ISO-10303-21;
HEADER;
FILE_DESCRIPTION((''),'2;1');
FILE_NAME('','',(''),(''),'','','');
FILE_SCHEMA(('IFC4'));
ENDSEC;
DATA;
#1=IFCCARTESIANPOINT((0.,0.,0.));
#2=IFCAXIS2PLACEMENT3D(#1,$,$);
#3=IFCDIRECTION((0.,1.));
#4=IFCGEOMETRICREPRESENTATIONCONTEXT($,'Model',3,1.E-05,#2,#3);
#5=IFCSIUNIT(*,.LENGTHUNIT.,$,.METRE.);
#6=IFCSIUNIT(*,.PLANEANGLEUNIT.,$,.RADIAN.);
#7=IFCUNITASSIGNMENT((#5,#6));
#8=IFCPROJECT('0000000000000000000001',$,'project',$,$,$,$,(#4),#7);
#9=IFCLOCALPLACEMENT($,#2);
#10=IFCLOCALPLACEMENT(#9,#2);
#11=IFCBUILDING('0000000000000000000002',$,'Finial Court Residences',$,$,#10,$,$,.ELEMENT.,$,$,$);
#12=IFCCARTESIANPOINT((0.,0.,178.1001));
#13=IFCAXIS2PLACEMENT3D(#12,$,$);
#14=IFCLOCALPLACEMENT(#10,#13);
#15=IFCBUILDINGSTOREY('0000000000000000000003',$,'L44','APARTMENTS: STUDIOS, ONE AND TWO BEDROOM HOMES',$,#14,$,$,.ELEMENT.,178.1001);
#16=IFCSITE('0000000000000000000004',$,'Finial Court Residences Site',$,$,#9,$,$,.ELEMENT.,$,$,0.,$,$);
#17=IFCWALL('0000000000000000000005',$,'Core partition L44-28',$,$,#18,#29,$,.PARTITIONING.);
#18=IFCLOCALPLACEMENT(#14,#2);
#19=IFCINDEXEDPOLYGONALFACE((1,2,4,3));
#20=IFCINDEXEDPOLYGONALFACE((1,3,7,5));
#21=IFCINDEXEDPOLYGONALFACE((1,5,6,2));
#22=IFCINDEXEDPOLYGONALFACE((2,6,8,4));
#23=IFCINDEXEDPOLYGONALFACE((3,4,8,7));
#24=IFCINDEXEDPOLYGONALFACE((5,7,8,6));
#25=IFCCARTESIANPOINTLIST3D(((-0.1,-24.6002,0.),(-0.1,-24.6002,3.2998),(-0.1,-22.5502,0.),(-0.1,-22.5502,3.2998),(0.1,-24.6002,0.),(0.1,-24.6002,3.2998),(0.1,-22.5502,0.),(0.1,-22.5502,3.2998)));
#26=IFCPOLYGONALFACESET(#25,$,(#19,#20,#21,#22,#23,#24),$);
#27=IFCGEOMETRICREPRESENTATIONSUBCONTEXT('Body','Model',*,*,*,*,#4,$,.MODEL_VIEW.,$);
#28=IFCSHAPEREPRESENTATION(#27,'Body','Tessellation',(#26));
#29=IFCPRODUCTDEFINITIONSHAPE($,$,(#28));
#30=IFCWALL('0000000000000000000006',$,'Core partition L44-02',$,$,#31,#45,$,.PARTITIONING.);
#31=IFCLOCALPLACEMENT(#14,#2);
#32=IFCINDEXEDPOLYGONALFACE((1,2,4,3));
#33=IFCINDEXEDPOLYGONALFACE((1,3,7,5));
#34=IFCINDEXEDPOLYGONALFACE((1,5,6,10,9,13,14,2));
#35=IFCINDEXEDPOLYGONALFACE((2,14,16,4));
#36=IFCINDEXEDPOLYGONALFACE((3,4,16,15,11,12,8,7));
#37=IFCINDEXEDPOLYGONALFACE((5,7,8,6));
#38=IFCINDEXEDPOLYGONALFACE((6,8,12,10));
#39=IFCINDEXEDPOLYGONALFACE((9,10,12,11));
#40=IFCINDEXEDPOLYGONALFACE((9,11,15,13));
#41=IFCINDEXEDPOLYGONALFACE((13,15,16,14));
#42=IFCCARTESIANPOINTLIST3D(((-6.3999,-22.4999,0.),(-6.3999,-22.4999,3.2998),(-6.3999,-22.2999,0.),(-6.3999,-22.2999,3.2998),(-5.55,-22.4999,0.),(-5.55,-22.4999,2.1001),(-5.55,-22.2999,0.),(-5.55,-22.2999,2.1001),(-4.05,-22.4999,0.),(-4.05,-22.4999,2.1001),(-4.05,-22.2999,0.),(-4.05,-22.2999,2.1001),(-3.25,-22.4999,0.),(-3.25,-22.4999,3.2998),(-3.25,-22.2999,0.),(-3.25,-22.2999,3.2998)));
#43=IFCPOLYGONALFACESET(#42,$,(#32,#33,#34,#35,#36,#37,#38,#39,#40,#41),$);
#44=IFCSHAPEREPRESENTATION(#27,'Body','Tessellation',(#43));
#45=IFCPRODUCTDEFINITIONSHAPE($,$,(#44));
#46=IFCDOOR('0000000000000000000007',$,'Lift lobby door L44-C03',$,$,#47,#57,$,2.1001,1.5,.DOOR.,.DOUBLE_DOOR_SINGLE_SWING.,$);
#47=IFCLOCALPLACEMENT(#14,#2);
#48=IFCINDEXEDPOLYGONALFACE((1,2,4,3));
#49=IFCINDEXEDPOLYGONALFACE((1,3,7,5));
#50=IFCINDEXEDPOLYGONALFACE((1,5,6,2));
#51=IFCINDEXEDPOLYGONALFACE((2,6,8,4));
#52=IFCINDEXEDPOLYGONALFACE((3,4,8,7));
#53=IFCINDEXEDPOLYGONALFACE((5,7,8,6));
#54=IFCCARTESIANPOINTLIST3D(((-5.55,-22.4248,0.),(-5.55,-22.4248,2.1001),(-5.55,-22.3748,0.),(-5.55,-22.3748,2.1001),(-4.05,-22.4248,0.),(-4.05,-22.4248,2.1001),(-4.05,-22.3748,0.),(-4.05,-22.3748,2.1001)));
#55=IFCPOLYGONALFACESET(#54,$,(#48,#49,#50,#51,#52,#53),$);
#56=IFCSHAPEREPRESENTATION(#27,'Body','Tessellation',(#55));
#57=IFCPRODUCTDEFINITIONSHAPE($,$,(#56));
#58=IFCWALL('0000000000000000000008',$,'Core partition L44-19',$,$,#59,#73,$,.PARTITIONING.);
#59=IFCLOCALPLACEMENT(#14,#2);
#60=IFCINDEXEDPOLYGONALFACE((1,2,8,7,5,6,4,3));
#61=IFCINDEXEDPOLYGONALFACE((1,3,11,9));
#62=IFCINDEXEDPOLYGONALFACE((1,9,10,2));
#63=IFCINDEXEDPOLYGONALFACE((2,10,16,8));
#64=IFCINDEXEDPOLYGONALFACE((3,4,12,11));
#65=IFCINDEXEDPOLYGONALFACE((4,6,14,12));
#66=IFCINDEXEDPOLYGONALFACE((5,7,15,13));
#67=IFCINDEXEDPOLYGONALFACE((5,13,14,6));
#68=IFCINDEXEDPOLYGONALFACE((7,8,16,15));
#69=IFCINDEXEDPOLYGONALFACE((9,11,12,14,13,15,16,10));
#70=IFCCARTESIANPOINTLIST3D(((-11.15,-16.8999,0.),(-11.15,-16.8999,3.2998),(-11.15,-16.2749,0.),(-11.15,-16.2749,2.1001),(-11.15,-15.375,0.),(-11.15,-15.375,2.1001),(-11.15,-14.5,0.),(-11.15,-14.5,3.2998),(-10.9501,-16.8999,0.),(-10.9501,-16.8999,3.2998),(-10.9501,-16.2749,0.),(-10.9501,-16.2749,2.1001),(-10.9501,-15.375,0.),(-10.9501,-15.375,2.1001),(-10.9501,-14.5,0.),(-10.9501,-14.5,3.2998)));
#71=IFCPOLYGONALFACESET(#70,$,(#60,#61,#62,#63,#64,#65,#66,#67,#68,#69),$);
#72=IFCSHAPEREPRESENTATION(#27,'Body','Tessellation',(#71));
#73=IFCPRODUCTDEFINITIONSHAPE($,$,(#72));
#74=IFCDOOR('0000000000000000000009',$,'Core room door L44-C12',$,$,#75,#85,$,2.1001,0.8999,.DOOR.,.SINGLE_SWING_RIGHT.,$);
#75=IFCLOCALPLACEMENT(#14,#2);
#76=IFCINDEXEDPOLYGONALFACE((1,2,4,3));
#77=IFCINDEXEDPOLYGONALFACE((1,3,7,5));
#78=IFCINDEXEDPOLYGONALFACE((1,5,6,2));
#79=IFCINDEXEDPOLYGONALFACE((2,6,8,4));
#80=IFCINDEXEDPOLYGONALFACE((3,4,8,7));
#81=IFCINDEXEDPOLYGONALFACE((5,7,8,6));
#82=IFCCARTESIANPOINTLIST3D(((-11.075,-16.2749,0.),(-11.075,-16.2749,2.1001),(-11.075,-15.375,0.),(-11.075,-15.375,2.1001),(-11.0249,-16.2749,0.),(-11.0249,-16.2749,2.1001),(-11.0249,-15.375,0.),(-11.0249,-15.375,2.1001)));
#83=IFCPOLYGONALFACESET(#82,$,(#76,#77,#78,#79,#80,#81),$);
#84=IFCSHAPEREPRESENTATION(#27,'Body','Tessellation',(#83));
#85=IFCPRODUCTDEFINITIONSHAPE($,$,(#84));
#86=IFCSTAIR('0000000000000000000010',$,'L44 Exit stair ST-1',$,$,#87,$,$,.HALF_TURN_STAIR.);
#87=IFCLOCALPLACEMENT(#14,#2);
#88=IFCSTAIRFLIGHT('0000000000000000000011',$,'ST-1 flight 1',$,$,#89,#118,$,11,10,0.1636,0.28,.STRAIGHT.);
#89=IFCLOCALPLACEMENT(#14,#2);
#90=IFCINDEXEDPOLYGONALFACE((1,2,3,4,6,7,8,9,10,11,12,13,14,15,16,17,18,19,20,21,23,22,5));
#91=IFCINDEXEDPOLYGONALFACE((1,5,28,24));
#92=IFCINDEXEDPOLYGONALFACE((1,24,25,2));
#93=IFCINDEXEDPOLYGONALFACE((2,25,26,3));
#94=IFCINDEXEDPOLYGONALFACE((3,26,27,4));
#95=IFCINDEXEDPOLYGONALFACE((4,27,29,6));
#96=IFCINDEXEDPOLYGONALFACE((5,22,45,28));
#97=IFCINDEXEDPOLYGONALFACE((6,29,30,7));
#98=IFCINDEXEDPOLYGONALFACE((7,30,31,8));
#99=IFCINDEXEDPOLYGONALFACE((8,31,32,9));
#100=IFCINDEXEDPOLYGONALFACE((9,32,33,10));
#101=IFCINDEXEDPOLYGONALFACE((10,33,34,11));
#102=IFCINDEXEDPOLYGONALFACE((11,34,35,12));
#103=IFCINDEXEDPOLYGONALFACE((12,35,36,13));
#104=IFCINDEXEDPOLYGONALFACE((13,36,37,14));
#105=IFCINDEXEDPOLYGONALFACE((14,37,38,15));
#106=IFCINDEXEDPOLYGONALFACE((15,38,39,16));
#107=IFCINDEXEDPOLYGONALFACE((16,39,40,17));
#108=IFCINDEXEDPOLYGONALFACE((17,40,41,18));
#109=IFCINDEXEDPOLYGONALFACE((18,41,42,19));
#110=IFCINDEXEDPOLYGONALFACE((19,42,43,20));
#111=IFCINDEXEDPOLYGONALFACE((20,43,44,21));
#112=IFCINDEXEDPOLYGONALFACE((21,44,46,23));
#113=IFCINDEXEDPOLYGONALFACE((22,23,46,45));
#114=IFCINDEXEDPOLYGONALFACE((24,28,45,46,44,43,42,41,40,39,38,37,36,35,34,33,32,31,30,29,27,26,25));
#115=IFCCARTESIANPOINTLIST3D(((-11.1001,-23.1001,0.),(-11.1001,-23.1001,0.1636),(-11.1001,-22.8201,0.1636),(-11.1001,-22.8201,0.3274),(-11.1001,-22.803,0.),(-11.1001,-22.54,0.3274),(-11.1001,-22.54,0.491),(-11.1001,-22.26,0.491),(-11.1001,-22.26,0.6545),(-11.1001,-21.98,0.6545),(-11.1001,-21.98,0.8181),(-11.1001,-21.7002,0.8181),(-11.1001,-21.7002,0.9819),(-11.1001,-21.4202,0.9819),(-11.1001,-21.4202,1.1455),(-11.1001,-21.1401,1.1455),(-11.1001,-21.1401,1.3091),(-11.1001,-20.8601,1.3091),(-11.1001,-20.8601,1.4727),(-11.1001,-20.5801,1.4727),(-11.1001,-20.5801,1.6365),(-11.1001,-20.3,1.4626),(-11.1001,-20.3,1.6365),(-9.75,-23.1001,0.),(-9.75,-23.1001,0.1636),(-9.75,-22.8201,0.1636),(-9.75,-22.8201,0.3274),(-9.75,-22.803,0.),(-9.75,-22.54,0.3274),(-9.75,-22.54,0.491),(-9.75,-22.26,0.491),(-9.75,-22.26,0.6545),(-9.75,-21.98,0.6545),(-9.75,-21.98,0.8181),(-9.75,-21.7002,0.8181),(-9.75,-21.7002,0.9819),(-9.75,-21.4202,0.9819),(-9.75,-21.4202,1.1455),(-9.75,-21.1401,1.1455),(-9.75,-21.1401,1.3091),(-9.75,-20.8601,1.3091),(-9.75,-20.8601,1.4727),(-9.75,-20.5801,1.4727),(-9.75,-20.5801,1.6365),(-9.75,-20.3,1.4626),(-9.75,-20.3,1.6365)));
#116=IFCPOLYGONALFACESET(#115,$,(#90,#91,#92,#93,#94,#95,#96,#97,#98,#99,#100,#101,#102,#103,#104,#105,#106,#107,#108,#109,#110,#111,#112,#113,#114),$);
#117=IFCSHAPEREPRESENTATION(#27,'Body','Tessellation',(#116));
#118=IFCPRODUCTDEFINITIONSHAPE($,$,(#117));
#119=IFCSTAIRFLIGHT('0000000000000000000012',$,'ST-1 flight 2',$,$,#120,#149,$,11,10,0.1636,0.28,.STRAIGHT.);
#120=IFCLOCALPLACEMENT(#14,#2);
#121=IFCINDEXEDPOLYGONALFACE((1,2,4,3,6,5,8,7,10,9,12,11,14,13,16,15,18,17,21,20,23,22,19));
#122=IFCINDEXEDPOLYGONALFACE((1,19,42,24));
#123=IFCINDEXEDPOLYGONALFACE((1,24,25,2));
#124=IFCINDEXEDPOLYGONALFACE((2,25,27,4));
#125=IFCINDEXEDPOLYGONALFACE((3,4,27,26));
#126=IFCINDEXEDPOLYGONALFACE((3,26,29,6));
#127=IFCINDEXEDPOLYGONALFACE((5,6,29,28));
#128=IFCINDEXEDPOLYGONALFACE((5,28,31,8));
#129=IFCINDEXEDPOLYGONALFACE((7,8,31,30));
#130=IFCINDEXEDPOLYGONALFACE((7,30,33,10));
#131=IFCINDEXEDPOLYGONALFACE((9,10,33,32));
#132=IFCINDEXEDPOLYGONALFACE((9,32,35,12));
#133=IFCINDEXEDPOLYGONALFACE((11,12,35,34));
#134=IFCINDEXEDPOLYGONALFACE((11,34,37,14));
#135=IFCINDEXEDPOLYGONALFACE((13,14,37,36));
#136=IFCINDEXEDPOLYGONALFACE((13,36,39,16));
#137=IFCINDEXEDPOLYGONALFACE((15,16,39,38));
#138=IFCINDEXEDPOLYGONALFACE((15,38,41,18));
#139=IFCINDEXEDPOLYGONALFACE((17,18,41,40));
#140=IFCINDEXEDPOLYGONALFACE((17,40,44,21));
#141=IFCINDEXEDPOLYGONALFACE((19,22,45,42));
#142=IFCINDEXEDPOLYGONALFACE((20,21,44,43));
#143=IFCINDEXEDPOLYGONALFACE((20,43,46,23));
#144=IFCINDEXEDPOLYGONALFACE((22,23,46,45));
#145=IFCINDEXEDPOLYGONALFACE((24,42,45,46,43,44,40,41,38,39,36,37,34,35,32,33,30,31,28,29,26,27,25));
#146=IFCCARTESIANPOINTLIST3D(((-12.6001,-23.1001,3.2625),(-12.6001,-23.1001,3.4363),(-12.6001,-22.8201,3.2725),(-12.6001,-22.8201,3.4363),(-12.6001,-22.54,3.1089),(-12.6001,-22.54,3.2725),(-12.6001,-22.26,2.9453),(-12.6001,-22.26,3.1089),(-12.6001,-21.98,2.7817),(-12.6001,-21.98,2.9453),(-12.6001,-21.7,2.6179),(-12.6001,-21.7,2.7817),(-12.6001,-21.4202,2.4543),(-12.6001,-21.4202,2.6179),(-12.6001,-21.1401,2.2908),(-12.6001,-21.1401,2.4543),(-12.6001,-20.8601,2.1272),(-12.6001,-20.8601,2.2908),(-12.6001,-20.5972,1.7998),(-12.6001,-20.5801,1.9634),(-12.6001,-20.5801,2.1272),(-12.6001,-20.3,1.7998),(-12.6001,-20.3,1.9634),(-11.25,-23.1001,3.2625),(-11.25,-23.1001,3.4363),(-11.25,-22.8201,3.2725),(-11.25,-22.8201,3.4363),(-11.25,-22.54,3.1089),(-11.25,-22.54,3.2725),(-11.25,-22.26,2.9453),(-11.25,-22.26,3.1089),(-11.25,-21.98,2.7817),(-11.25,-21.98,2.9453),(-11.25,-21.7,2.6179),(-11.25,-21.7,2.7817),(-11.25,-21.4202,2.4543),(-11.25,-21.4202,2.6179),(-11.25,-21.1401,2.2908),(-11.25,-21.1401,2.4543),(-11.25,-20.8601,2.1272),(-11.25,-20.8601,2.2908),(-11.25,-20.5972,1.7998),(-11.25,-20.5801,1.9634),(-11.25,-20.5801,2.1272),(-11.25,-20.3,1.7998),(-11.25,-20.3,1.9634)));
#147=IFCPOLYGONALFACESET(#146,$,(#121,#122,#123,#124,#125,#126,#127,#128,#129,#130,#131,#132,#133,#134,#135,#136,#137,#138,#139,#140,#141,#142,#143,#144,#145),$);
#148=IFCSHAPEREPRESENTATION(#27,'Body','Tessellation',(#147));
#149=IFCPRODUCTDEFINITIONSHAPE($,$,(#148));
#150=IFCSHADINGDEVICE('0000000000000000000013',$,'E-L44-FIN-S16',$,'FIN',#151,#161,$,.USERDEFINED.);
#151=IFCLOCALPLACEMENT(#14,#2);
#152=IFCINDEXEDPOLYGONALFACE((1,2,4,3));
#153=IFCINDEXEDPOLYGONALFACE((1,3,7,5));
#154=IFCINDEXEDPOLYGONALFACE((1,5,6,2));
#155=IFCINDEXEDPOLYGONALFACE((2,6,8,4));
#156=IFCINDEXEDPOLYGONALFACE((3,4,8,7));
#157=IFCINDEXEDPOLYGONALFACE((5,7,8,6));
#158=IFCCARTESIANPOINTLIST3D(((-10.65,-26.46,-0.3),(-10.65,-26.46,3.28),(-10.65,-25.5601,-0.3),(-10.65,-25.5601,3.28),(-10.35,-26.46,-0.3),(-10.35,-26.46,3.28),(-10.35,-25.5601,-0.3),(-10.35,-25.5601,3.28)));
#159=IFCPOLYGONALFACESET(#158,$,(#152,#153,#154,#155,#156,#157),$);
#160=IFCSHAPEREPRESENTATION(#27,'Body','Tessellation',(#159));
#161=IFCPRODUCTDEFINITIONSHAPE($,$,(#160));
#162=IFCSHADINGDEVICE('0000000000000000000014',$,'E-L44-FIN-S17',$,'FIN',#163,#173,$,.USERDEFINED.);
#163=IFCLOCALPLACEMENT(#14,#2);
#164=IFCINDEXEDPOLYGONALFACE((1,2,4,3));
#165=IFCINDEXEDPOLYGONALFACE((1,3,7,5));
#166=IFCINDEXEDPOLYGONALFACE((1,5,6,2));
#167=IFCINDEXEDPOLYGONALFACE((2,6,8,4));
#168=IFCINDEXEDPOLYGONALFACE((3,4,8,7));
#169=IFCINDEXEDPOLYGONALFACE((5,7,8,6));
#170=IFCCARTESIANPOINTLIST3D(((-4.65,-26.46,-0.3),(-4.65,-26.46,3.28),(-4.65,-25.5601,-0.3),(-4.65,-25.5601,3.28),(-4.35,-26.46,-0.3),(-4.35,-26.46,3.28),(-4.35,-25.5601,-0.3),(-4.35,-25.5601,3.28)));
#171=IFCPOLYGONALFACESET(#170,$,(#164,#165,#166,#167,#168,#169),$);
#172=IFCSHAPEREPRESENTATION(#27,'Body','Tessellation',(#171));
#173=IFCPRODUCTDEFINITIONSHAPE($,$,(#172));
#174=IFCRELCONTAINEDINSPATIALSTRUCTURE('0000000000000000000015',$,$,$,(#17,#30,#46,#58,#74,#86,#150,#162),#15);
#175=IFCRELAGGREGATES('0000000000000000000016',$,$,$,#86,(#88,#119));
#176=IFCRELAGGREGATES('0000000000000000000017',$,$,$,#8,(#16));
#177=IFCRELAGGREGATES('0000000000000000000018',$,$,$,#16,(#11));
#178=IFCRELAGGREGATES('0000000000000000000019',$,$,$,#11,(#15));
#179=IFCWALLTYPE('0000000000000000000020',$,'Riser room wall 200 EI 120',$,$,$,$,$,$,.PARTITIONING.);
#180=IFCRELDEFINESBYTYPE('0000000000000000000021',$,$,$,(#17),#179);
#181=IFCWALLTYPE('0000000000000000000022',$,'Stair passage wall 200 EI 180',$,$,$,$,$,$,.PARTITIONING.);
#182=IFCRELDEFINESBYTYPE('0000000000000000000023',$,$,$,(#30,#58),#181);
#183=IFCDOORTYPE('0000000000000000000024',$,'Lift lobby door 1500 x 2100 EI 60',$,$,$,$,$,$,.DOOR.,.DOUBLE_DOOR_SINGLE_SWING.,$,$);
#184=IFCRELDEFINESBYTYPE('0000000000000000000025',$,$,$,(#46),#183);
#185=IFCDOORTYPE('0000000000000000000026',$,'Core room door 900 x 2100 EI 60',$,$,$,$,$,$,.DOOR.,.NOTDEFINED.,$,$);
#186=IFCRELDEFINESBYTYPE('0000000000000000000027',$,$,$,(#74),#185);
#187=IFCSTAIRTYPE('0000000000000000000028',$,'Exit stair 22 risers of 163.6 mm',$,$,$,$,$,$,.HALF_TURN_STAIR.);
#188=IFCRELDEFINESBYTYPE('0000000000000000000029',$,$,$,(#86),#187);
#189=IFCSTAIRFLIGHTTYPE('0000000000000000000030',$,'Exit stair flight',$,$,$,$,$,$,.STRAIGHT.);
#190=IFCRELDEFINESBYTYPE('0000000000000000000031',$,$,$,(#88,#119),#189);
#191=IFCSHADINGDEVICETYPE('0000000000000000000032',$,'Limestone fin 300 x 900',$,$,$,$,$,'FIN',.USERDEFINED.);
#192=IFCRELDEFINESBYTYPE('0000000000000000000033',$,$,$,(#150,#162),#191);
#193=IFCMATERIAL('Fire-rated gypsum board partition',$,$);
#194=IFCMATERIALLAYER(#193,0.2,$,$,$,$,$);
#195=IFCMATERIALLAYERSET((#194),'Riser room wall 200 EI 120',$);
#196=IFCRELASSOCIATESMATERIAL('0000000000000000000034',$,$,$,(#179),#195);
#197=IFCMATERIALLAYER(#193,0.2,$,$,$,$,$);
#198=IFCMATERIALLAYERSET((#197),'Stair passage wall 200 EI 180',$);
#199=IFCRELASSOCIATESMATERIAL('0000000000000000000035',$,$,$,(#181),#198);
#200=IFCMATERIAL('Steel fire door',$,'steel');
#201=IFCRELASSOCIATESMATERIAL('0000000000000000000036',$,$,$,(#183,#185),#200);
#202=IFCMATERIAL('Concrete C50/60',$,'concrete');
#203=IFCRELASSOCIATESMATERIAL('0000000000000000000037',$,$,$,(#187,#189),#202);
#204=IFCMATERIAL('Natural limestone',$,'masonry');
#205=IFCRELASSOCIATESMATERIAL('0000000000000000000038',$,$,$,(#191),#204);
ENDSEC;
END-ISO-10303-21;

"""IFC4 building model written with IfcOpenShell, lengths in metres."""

from ifc_helpers import new_model, si_unit, direction, frame, frame_2d, origin, origin_2d, place, context, subcontext, project, spatial, polyline, rectangle, outline, extrude, material, layer, layer_set, type_object, element, fill, aggregate, save


model = new_model("IFC4")

# Units and contexts
model_context = context("Model", 3, precision=1e-05, world=origin(), true_north=direction((0.0, 1.0)))
body_context = subcontext(model_context, "Body", "Model", "MODEL_VIEW")
ifc_project = project(units=[si_unit("LENGTHUNIT", "METRE"), si_unit("PLANEANGLEUNIT", "RADIAN")], contexts=[model_context])

# Site, building, storey
site_placement = place(None, origin())
site = spatial("IfcSite", under=ifc_project, at=site_placement, Name="Finial Court Residences Site", CompositionType="ELEMENT", RefElevation=0.0)
building_placement = place(site_placement, origin())
building = spatial("IfcBuilding", under=site, at=building_placement, Name="Finial Court Residences", CompositionType="ELEMENT")
storey_placement = place(building_placement, frame((0.0, 0.0, 178.1001)))
storey = spatial("IfcBuildingStorey", under=building, at=storey_placement, Name="L44", Description="APARTMENTS: STUDIOS, ONE AND TWO BEDROOM HOMES", CompositionType="ELEMENT", Elevation=178.1001)

# Shared definitions
ifc_material_1 = material(Name="Steel fire door", Category="steel")

# Shared definitions
ifc_material_2 = material(Name="Fire-rated gypsum board partition")
ifc_layer_1 = layer(ifc_material_2, 0.2)
ifc_layer_set_1 = layer_set([ifc_layer_1], Name="Riser room wall 200 EI 120")
wall_type_1 = type_object("IfcWallType", Name="Riser room wall 200 EI 120", PredefinedType="PARTITIONING", material=ifc_layer_set_1)

# Wall
wall_1_placement = place(storey_placement, frame((0.0, -24.6001, 0.0), z_axis=(0.0, 0.0, 1.0), x_axis=(0.0, 1.0, 0.0)))
element("IfcWall", 1, at=wall_1_placement, inside=storey, type_object=wall_type_1, Name="Core partition L44-28", PredefinedType="PARTITIONING", context=body_context, shape_type="SweptSolid", body=[
    extrude(rectangle(XDim=2.05, YDim=0.2, at=frame_2d((1.0249, 0.0))), origin(), (0.0, 0.0, 1.0), 3.2998),
])

# Walls, openings, doors
ifc_layer_2 = layer(ifc_material_2, 0.2)
ifc_layer_set_2 = layer_set([ifc_layer_2], Name="Stair passage wall 200 EI 180")
wall_type_2 = type_object("IfcWallType", Name="Stair passage wall 200 EI 180", PredefinedType="PARTITIONING", material=ifc_layer_set_2)
wall_2_placement = place(storey_placement, frame((-3.25, -22.3999, 0.0), z_axis=(0.0, 0.0, 1.0), x_axis=(-1.0, 0.0, 0.0)))
wall_2 = element("IfcWall", 2, at=wall_2_placement, inside=storey, type_object=wall_type_2, Name="Core partition L44-02", PredefinedType="PARTITIONING", context=body_context, shape_type="SweptSolid", body=[
    extrude(rectangle(XDim=3.1499, YDim=0.2, at=frame_2d((1.575, 0.0))), origin(), (0.0, 0.0, 1.0), 3.2998),
])
opening_1_placement = place(wall_2_placement, frame((0.8, 0.0, 0.0)))
opening_1 = element("IfcOpeningElement", 3, at=opening_1_placement, cuts=wall_2, PredefinedType="OPENING", context=body_context, shape_type="SweptSolid", body=[
    extrude(rectangle(XDim=1.5, YDim=2.1001, at=frame_2d((0.75, 1.05))), frame((0.0, 0.1099, 0.0), z_axis=(0.0, -1.0, 0.0), x_axis=(1.0, 0.0, 0.0)), (0.0, 0.0, 1.0), 0.22),
])
door_type_1 = type_object("IfcDoorType", Name="Lift lobby door 1500 x 2100 EI 60", OperationType="DOUBLE_DOOR_SINGLE_SWING", PredefinedType="DOOR", material=ifc_material_1)
door_1_placement = place(opening_1_placement, origin())
door_1 = element("IfcDoor", 4, at=door_1_placement, inside=storey, type_object=door_type_1, Name="Lift lobby door L44-C03", OperationType="DOUBLE_DOOR_SINGLE_SWING", OverallHeight=2.1001, OverallWidth=1.5, PredefinedType="DOOR", context=body_context, shape_type="SweptSolid", body=[
    extrude(rectangle(XDim=1.5, YDim=2.1001, at=frame_2d((0.75, 1.05))), frame((0.0, 0.0249, 0.0), z_axis=(0.0, -1.0, 0.0), x_axis=(1.0, 0.0, 0.0)), (0.0, 0.0, 1.0), 0.05),
])
fill(opening_1, door_1)
wall_3_placement = place(storey_placement, frame((-11.05, -16.8999, 0.0), z_axis=(0.0, 0.0, 1.0), x_axis=(0.0, 1.0, 0.0)))
wall_3 = element("IfcWall", 5, at=wall_3_placement, inside=storey, type_object=wall_type_2, Name="Core partition L44-19", PredefinedType="PARTITIONING", context=body_context, shape_type="SweptSolid", body=[
    extrude(rectangle(XDim=2.3999, YDim=0.2, at=frame_2d((1.2, 0.0))), origin(), (0.0, 0.0, 1.0), 3.2998),
])
opening_2_placement = place(wall_3_placement, frame((0.625, 0.0, 0.0)))
opening_2 = element("IfcOpeningElement", 6, at=opening_2_placement, cuts=wall_3, PredefinedType="OPENING", context=body_context, shape_type="SweptSolid", body=[
    extrude(rectangle(XDim=0.8999, YDim=2.1001, at=frame_2d((0.45, 1.05))), frame((0.0, 0.1099, 0.0), z_axis=(0.0, -1.0, 0.0), x_axis=(1.0, 0.0, 0.0)), (0.0, 0.0, 1.0), 0.22),
])
door_type_2 = type_object("IfcDoorType", Name="Core room door 900 x 2100 EI 60", OperationType="NOTDEFINED", PredefinedType="DOOR", material=ifc_material_1)
door_2_placement = place(opening_2_placement, origin())
door_2 = element("IfcDoor", 7, at=door_2_placement, inside=storey, type_object=door_type_2, Name="Core room door L44-C12", OperationType="SINGLE_SWING_RIGHT", OverallHeight=2.1001, OverallWidth=0.8999, PredefinedType="DOOR", context=body_context, shape_type="SweptSolid", body=[
    extrude(rectangle(XDim=0.8999, YDim=2.1001, at=frame_2d((0.45, 1.05))), frame((0.0, 0.0249, 0.0), z_axis=(0.0, -1.0, 0.0), x_axis=(1.0, 0.0, 0.0)), (0.0, 0.0, 1.0), 0.05),
])
fill(opening_2, door_2)

# Stair, stair flights
ifc_material_3 = material(Name="Concrete C50/60", Category="concrete")
stair_type = type_object("IfcStairType", Name="Exit stair 22 risers of 163.6 mm", PredefinedType="HALF_TURN_STAIR", material=ifc_material_3)
stair_placement = place(storey_placement, origin())
stair = element("IfcStair", 8, at=stair_placement, inside=storey, type_object=stair_type, Name="L44 Exit stair ST-1", PredefinedType="HALF_TURN_STAIR")
stair_flight_type = type_object("IfcStairFlightType", Name="Exit stair flight", PredefinedType="STRAIGHT", material=ifc_material_3)
stair_flight_1_placement = place(storey_placement, frame((-10.425, -23.1001, 0.0), z_axis=(0.0, 0.0, 1.0), x_axis=(0.0, 1.0, 0.0)))
stair_flight_1 = element("IfcStairFlight", 9, at=stair_flight_1_placement, type_object=stair_flight_type, Name="ST-1 flight 1", NumberOfRisers=11, NumberOfTreads=10, PredefinedType="STRAIGHT", RiserHeight=0.1636, TreadLength=0.28, context=body_context, shape_type="SweptSolid", body=[
    extrude(outline(polyline([(0.0, 0.0), (0.0, 0.1636), (0.28, 0.1636), (0.28, 0.3274), (0.5601, 0.3274), (0.5601, 0.491), (0.8401, 0.491), (0.8401, 0.6545), (1.1201, 0.6545), (1.1201, 0.8181), (1.3999, 0.8181), (1.3999, 0.9819), (1.6799, 0.9819), (1.6799, 1.1455), (1.96, 1.1455), (1.96, 1.3091), (2.24, 1.3091), (2.24, 1.4727), (2.52, 1.4727), (2.52, 1.6365), (2.8, 1.6365), (2.8, 1.8), (2.8, 1.4626), (0.2971, 0.0), (0.0, 0.0)])), frame((0.0, 0.675, 0.0), z_axis=(0.0, -1.0, 0.0), x_axis=(1.0, 0.0, 0.0)), (0.0, 0.0, 1.0), 1.3501),
])
stair_flight_2_placement = place(storey_placement, frame((-11.925, -20.3, 1.7998), z_axis=(0.0, 0.0, 1.0), x_axis=(0.0, -1.0, 0.0)))
stair_flight_2 = element("IfcStairFlight", 10, at=stair_flight_2_placement, type_object=stair_flight_type, Name="ST-1 flight 2", NumberOfRisers=11, NumberOfTreads=10, PredefinedType="STRAIGHT", RiserHeight=0.1636, TreadLength=0.28, context=body_context, shape_type="SweptSolid", body=[
    extrude(outline(polyline([(0.0, 0.0), (0.0, 0.1636), (0.28, 0.1636), (0.28, 0.3274), (0.5601, 0.3274), (0.5601, 0.491), (0.8401, 0.491), (0.8401, 0.6545), (1.1201, 0.6545), (1.1201, 0.8181), (1.3999, 0.8181), (1.3999, 0.9819), (1.6799, 0.9819), (1.6799, 1.1455), (1.96, 1.1455), (1.96, 1.3091), (2.24, 1.3091), (2.24, 1.4727), (2.52, 1.4727), (2.52, 1.6365), (2.8, 1.6365), (2.8, 1.8), (2.8, 1.4626), (0.2971, 0.0), (0.0, 0.0)])), frame((0.0, 0.675, 0.0), z_axis=(0.0, -1.0, 0.0), x_axis=(1.0, 0.0, 0.0)), (0.0, 0.0, 1.0), 1.3501),
])
aggregate(stair, [stair_flight_1, stair_flight_2])

# Shading devices
ifc_material_4 = material(Name="Natural limestone", Category="masonry")
shading_device_type = type_object("IfcShadingDeviceType", Name="Limestone fin 300 x 900", ElementType="FIN", PredefinedType="USERDEFINED", material=ifc_material_4)
for number, where, z_axis, x_axis, name in (
    (11, (-10.5, -26.01, -0.3), (0.0, 0.0, 1.0), (1.0, 0.0, 0.0), "E-L44-FIN-S16"),
    (12, (-4.5, -26.01, -0.3), (0.0, 0.0, 1.0), (1.0, 0.0, 0.0), "E-L44-FIN-S17"),
):
    element("IfcShadingDevice", number, at=place(storey_placement, frame(where, z_axis=z_axis, x_axis=x_axis)), inside=storey, type_object=shading_device_type, Name=name, ObjectType="FIN", PredefinedType="USERDEFINED", context=body_context, shape_type="SweptSolid", body=[
        extrude(rectangle(XDim=0.3, YDim=0.8999, at=origin_2d()), origin(), (0.0, 0.0, 1.0), 3.5801),
    ])

save(model, "model.ifc")
